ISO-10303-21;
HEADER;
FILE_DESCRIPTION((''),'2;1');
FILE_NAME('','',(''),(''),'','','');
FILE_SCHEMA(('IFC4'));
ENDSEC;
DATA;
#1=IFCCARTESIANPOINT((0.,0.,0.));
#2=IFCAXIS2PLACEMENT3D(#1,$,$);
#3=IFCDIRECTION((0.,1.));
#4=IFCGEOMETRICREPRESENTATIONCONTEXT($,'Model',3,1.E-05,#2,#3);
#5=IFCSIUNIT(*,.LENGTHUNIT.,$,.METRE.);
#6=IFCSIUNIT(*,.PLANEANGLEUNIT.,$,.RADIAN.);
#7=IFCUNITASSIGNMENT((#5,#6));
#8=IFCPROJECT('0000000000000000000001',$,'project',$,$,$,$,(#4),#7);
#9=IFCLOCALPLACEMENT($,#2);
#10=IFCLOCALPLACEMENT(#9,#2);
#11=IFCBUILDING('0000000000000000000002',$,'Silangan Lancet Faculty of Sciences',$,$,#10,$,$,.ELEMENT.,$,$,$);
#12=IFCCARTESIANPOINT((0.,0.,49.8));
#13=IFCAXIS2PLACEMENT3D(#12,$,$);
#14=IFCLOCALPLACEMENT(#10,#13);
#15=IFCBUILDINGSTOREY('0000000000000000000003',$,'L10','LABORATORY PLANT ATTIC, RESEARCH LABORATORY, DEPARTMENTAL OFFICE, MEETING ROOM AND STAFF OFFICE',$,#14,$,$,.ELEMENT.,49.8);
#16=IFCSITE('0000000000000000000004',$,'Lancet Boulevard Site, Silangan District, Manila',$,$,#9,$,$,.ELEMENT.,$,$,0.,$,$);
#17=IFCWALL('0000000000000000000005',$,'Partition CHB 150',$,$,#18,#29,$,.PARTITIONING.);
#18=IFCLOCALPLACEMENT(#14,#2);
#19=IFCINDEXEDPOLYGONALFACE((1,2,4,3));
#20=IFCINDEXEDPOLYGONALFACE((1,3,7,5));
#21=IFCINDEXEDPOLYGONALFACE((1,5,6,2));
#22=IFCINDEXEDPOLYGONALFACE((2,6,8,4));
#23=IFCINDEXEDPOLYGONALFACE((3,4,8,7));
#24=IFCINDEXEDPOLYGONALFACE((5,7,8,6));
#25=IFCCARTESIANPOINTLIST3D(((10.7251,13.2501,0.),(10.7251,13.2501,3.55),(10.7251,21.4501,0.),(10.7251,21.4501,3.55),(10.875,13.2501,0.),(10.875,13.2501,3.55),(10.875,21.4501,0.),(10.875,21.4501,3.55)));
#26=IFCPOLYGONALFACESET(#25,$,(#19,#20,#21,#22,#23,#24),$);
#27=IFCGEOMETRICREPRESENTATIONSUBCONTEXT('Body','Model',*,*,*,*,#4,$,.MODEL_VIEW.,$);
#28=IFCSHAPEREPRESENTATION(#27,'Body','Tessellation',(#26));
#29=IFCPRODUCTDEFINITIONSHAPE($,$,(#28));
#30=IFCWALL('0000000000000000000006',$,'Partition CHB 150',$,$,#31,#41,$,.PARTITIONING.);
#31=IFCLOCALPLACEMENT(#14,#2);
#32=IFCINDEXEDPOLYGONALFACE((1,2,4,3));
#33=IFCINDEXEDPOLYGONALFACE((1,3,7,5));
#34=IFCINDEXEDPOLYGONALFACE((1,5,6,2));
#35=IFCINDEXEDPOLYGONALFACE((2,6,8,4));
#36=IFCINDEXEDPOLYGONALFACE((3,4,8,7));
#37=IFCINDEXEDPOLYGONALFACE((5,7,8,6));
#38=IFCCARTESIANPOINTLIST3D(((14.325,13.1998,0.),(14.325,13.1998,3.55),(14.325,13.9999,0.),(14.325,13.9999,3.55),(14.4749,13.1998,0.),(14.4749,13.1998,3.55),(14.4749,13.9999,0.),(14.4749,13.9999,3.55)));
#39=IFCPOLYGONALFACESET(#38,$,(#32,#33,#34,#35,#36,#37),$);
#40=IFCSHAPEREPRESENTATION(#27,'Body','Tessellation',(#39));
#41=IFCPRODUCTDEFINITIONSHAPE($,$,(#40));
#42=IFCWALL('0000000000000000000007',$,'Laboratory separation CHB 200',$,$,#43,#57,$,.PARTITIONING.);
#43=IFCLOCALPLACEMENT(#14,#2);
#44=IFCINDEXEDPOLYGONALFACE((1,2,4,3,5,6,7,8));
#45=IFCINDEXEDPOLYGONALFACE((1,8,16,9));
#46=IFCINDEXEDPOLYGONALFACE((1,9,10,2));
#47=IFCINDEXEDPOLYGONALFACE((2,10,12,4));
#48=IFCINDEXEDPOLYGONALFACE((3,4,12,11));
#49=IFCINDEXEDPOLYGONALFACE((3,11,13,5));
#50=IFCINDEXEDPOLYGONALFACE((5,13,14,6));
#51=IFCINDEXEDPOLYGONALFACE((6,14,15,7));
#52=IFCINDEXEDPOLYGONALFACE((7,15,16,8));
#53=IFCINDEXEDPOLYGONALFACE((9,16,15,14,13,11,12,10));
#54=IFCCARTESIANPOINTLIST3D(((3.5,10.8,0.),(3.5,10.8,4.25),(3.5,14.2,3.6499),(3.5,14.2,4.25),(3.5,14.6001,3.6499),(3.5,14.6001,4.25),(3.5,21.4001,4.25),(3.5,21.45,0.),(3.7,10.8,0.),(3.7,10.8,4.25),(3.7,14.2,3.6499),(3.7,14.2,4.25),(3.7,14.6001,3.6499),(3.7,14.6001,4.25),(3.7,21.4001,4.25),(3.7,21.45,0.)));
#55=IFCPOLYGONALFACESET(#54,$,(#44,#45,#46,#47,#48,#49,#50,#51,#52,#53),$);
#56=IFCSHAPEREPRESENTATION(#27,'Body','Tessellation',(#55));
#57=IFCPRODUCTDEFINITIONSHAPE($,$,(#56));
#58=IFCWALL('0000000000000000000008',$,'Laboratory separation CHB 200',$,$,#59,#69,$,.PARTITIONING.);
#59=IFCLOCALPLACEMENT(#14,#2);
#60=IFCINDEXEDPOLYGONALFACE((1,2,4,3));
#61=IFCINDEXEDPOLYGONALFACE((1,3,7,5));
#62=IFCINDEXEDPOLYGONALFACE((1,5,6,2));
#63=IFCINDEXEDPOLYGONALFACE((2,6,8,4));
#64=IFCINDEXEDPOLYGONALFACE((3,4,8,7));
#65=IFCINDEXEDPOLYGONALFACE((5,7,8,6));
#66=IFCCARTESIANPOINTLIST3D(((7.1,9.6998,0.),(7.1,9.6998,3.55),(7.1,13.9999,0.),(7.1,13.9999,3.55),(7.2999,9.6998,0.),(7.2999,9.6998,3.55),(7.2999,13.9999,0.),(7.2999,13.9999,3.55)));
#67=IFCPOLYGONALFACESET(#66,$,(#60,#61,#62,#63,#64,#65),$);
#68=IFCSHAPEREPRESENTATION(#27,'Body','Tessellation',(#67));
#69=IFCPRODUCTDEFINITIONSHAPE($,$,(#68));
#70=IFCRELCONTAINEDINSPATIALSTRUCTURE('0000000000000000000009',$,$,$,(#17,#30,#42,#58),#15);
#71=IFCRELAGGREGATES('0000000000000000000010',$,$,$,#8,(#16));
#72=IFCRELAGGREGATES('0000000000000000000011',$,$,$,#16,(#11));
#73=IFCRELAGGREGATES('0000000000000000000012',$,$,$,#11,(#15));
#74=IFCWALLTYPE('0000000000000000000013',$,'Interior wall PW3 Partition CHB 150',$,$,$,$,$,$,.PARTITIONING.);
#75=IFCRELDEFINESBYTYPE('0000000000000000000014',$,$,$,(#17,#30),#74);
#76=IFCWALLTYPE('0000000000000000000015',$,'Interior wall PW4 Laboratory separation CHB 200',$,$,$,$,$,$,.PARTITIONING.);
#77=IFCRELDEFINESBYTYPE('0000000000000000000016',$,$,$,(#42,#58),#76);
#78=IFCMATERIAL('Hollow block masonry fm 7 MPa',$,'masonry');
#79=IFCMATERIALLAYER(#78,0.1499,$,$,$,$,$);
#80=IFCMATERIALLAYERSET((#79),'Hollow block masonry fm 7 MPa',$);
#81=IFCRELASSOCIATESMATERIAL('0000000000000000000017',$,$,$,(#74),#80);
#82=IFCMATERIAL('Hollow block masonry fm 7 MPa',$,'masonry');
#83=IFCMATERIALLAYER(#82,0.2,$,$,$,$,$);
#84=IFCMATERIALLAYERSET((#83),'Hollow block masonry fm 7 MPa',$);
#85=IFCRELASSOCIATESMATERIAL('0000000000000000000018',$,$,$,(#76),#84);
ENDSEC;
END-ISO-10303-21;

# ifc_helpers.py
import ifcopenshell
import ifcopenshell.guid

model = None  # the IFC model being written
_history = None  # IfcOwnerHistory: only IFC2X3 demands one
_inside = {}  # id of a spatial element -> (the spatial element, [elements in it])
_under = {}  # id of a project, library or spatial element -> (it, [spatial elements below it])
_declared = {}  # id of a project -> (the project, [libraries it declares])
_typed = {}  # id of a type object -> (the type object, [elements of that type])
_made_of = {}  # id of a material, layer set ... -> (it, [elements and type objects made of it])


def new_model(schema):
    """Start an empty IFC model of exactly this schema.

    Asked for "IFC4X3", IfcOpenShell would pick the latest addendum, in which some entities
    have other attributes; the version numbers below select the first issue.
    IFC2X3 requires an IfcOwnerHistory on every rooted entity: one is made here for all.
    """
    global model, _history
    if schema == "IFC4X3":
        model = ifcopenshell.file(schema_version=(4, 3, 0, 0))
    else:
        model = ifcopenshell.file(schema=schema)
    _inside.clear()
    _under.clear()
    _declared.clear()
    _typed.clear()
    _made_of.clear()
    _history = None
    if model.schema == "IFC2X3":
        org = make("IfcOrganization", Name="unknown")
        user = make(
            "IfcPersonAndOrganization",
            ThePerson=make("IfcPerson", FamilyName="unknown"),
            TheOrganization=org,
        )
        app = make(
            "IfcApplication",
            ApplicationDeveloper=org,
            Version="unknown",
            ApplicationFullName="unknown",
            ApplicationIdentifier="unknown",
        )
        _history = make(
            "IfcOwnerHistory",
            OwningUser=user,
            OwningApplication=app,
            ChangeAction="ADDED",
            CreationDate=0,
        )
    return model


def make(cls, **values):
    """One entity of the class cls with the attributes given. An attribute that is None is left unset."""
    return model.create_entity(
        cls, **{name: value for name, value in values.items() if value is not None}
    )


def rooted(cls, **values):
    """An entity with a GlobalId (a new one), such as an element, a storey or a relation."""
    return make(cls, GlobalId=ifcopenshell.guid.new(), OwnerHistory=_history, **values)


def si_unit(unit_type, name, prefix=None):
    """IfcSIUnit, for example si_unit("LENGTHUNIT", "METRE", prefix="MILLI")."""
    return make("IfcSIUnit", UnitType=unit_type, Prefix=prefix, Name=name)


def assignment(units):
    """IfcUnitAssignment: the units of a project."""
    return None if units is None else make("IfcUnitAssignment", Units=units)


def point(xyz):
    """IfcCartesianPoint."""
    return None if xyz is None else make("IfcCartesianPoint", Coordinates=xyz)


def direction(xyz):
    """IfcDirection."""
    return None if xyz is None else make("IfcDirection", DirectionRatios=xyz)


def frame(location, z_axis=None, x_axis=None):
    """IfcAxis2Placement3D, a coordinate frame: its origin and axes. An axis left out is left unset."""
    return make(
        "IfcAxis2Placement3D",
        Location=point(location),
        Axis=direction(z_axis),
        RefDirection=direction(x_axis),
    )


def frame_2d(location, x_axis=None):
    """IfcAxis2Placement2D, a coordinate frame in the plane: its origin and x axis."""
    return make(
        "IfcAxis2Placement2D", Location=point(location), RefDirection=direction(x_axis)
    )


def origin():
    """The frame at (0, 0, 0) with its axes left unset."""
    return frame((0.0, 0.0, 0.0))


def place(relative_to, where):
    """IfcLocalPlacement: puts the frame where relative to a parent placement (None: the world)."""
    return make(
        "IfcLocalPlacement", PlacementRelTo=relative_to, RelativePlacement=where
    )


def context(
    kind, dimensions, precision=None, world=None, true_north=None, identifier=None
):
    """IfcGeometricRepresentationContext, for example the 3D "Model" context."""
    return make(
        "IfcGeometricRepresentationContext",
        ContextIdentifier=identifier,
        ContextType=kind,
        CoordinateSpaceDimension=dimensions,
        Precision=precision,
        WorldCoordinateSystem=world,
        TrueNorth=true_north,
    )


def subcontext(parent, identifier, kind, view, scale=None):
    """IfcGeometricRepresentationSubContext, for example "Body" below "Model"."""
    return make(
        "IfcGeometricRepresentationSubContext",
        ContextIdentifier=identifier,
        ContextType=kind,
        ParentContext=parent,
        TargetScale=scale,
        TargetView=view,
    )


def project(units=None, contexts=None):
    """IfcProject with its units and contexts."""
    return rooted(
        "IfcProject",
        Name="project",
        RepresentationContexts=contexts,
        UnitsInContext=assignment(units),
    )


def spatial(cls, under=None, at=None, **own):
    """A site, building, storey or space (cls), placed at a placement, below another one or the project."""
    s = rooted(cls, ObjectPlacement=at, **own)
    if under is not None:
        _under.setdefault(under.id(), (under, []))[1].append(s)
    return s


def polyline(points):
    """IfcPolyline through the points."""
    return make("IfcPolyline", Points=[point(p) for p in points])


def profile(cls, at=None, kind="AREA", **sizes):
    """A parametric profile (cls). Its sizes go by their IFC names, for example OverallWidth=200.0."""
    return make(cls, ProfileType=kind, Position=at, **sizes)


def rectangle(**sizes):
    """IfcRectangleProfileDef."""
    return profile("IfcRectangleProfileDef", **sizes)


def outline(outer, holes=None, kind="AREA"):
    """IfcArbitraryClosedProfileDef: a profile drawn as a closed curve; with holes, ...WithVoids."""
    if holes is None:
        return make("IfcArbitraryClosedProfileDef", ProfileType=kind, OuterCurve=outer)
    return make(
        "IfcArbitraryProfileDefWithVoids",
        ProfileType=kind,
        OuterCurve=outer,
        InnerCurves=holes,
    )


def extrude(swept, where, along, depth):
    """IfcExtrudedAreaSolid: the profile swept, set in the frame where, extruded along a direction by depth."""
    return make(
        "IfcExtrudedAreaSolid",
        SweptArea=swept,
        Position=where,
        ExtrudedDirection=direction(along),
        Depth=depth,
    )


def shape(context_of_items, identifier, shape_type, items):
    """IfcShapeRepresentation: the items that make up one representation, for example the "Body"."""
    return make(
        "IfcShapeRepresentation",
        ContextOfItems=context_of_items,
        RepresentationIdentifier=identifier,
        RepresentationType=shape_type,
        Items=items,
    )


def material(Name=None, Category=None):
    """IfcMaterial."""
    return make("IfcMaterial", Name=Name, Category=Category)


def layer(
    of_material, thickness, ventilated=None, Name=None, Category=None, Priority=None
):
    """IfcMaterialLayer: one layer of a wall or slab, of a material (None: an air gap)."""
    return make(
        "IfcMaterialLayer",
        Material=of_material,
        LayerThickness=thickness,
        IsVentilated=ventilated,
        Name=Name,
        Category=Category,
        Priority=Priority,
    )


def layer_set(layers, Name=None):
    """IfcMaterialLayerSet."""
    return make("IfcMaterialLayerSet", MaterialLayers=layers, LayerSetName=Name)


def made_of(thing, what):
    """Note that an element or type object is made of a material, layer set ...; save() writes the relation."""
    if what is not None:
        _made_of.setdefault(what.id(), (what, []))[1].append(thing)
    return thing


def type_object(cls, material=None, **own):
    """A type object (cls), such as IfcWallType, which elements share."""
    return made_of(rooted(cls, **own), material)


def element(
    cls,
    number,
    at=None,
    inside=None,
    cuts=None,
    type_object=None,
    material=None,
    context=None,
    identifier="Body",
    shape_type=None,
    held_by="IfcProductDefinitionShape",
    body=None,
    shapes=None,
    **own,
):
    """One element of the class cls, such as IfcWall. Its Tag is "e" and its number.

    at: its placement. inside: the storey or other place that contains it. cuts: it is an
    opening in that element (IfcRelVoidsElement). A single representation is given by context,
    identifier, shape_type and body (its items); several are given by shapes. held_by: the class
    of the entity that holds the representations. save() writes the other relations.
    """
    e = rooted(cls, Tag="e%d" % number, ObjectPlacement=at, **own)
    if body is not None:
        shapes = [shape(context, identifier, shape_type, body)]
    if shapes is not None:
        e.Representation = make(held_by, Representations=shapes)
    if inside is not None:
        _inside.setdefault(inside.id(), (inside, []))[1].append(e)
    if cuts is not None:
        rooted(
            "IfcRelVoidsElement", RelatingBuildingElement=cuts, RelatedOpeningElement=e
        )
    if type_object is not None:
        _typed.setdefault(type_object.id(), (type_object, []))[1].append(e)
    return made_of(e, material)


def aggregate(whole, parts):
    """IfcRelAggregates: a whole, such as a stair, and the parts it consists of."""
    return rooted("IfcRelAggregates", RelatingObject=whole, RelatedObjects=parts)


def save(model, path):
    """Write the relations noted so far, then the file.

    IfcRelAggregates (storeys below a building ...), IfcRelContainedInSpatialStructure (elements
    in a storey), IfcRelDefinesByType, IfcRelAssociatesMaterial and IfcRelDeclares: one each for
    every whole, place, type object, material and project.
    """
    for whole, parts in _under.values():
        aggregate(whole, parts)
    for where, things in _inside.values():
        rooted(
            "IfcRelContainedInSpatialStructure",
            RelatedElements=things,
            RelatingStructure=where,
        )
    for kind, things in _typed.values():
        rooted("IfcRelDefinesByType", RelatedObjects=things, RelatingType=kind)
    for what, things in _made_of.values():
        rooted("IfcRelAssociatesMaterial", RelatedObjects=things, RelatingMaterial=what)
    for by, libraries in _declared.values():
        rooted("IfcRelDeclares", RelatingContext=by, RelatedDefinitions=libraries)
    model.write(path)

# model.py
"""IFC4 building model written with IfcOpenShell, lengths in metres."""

from ifc_helpers import new_model, si_unit, direction, frame, frame_2d, origin, place, context, subcontext, project, spatial, polyline, rectangle, outline, extrude, material, layer, layer_set, type_object, element, save


model = new_model("IFC4")

# Units and contexts
model_context = context("Model", 3, precision=1e-05, world=origin(), true_north=direction((0.0, 1.0)))
body_context = subcontext(model_context, "Body", "Model", "MODEL_VIEW")
ifc_project = project(units=[si_unit("LENGTHUNIT", "METRE"), si_unit("PLANEANGLEUNIT", "RADIAN")], contexts=[model_context])

# Site, building, storey
site_placement = place(None, origin())
site = spatial("IfcSite", under=ifc_project, at=site_placement, Name="Lancet Boulevard Site, Silangan District, Manila", CompositionType="ELEMENT", RefElevation=0.0)
building_placement = place(site_placement, origin())
building = spatial("IfcBuilding", under=site, at=building_placement, Name="Silangan Lancet Faculty of Sciences", CompositionType="ELEMENT")
storey_placement = place(building_placement, frame((0.0, 0.0, 49.8)))
storey = spatial("IfcBuildingStorey", under=building, at=storey_placement, Name="L10", Description="LABORATORY PLANT ATTIC, RESEARCH LABORATORY, DEPARTMENTAL OFFICE, MEETING ROOM AND STAFF OFFICE", CompositionType="ELEMENT", Elevation=49.8)

# Walls
ifc_material_1 = material(Name="Hollow block masonry fm 7 MPa", Category="masonry")
ifc_layer_1 = layer(ifc_material_1, 0.1499)
ifc_layer_set_1 = layer_set([ifc_layer_1], Name="Hollow block masonry fm 7 MPa")
wall_type_1 = type_object("IfcWallType", Name="Interior wall PW3 Partition CHB 150", PredefinedType="PARTITIONING", material=ifc_layer_set_1)
wall_1_placement = place(storey_placement, frame((10.8, 13.25, 0.0), z_axis=(0.0, 0.0, 1.0), x_axis=(0.0, 1.0, 0.0)))
element("IfcWall", 1, at=wall_1_placement, inside=storey, type_object=wall_type_1, Name="Partition CHB 150", PredefinedType="PARTITIONING", context=body_context, shape_type="SweptSolid", body=[
    extrude(rectangle(XDim=8.2, YDim=0.1499, at=frame_2d((4.1001, 0.0))), origin(), (0.0, 0.0, 1.0), 3.55),
])
wall_2_placement = place(storey_placement, frame((14.3999, 13.2, 0.0), z_axis=(0.0, 0.0, 1.0), x_axis=(0.0, 1.0, 0.0)))
element("IfcWall", 2, at=wall_2_placement, inside=storey, type_object=wall_type_1, Name="Partition CHB 150", PredefinedType="PARTITIONING", context=body_context, shape_type="SweptSolid", body=[
    extrude(rectangle(XDim=0.8, YDim=0.1499, at=frame_2d((0.3999, 0.0))), origin(), (0.0, 0.0, 1.0), 3.55),
])
ifc_material_2 = material(Name="Hollow block masonry fm 7 MPa", Category="masonry")
ifc_layer_2 = layer(ifc_material_2, 0.2)
ifc_layer_set_2 = layer_set([ifc_layer_2], Name="Hollow block masonry fm 7 MPa")
wall_type_2 = type_object("IfcWallType", Name="Interior wall PW4 Laboratory separation CHB 200", PredefinedType="PARTITIONING", material=ifc_layer_set_2)
wall_3_placement = place(storey_placement, frame((3.6001, 10.8, 0.0), z_axis=(0.0, 0.0, 1.0), x_axis=(0.0, 1.0, 0.0)))
element("IfcWall", 3, at=wall_3_placement, inside=storey, type_object=wall_type_2, Name="Laboratory separation CHB 200", PredefinedType="PARTITIONING", context=body_context, shape_type="SweptSolid", body=[
    extrude(outline(polyline([(0.0, 0.0), (10.6499, 0.0), (10.6001, 4.25), (3.8, 4.25), (3.8, 3.6499), (3.3999, 3.6499), (3.3999, 4.25), (0.0, 4.25), (0.0, 0.0)])), frame((0.0, 0.1001, 0.0), z_axis=(0.0, -1.0, 0.0), x_axis=(1.0, 0.0, 0.0)), (0.0, 0.0, 1.0), 0.2),
])
wall_4_placement = place(storey_placement, frame((7.2, 9.7, 0.0), z_axis=(0.0, 0.0, 1.0), x_axis=(0.0, 1.0, 0.0)))
element("IfcWall", 4, at=wall_4_placement, inside=storey, type_object=wall_type_2, Name="Laboratory separation CHB 200", PredefinedType="PARTITIONING", context=body_context, shape_type="SweptSolid", body=[
    extrude(rectangle(XDim=4.3, YDim=0.2, at=frame_2d((2.1499, 0.0))), origin(), (0.0, 0.0, 1.0), 3.55),
])

save(model, "model.ifc")
